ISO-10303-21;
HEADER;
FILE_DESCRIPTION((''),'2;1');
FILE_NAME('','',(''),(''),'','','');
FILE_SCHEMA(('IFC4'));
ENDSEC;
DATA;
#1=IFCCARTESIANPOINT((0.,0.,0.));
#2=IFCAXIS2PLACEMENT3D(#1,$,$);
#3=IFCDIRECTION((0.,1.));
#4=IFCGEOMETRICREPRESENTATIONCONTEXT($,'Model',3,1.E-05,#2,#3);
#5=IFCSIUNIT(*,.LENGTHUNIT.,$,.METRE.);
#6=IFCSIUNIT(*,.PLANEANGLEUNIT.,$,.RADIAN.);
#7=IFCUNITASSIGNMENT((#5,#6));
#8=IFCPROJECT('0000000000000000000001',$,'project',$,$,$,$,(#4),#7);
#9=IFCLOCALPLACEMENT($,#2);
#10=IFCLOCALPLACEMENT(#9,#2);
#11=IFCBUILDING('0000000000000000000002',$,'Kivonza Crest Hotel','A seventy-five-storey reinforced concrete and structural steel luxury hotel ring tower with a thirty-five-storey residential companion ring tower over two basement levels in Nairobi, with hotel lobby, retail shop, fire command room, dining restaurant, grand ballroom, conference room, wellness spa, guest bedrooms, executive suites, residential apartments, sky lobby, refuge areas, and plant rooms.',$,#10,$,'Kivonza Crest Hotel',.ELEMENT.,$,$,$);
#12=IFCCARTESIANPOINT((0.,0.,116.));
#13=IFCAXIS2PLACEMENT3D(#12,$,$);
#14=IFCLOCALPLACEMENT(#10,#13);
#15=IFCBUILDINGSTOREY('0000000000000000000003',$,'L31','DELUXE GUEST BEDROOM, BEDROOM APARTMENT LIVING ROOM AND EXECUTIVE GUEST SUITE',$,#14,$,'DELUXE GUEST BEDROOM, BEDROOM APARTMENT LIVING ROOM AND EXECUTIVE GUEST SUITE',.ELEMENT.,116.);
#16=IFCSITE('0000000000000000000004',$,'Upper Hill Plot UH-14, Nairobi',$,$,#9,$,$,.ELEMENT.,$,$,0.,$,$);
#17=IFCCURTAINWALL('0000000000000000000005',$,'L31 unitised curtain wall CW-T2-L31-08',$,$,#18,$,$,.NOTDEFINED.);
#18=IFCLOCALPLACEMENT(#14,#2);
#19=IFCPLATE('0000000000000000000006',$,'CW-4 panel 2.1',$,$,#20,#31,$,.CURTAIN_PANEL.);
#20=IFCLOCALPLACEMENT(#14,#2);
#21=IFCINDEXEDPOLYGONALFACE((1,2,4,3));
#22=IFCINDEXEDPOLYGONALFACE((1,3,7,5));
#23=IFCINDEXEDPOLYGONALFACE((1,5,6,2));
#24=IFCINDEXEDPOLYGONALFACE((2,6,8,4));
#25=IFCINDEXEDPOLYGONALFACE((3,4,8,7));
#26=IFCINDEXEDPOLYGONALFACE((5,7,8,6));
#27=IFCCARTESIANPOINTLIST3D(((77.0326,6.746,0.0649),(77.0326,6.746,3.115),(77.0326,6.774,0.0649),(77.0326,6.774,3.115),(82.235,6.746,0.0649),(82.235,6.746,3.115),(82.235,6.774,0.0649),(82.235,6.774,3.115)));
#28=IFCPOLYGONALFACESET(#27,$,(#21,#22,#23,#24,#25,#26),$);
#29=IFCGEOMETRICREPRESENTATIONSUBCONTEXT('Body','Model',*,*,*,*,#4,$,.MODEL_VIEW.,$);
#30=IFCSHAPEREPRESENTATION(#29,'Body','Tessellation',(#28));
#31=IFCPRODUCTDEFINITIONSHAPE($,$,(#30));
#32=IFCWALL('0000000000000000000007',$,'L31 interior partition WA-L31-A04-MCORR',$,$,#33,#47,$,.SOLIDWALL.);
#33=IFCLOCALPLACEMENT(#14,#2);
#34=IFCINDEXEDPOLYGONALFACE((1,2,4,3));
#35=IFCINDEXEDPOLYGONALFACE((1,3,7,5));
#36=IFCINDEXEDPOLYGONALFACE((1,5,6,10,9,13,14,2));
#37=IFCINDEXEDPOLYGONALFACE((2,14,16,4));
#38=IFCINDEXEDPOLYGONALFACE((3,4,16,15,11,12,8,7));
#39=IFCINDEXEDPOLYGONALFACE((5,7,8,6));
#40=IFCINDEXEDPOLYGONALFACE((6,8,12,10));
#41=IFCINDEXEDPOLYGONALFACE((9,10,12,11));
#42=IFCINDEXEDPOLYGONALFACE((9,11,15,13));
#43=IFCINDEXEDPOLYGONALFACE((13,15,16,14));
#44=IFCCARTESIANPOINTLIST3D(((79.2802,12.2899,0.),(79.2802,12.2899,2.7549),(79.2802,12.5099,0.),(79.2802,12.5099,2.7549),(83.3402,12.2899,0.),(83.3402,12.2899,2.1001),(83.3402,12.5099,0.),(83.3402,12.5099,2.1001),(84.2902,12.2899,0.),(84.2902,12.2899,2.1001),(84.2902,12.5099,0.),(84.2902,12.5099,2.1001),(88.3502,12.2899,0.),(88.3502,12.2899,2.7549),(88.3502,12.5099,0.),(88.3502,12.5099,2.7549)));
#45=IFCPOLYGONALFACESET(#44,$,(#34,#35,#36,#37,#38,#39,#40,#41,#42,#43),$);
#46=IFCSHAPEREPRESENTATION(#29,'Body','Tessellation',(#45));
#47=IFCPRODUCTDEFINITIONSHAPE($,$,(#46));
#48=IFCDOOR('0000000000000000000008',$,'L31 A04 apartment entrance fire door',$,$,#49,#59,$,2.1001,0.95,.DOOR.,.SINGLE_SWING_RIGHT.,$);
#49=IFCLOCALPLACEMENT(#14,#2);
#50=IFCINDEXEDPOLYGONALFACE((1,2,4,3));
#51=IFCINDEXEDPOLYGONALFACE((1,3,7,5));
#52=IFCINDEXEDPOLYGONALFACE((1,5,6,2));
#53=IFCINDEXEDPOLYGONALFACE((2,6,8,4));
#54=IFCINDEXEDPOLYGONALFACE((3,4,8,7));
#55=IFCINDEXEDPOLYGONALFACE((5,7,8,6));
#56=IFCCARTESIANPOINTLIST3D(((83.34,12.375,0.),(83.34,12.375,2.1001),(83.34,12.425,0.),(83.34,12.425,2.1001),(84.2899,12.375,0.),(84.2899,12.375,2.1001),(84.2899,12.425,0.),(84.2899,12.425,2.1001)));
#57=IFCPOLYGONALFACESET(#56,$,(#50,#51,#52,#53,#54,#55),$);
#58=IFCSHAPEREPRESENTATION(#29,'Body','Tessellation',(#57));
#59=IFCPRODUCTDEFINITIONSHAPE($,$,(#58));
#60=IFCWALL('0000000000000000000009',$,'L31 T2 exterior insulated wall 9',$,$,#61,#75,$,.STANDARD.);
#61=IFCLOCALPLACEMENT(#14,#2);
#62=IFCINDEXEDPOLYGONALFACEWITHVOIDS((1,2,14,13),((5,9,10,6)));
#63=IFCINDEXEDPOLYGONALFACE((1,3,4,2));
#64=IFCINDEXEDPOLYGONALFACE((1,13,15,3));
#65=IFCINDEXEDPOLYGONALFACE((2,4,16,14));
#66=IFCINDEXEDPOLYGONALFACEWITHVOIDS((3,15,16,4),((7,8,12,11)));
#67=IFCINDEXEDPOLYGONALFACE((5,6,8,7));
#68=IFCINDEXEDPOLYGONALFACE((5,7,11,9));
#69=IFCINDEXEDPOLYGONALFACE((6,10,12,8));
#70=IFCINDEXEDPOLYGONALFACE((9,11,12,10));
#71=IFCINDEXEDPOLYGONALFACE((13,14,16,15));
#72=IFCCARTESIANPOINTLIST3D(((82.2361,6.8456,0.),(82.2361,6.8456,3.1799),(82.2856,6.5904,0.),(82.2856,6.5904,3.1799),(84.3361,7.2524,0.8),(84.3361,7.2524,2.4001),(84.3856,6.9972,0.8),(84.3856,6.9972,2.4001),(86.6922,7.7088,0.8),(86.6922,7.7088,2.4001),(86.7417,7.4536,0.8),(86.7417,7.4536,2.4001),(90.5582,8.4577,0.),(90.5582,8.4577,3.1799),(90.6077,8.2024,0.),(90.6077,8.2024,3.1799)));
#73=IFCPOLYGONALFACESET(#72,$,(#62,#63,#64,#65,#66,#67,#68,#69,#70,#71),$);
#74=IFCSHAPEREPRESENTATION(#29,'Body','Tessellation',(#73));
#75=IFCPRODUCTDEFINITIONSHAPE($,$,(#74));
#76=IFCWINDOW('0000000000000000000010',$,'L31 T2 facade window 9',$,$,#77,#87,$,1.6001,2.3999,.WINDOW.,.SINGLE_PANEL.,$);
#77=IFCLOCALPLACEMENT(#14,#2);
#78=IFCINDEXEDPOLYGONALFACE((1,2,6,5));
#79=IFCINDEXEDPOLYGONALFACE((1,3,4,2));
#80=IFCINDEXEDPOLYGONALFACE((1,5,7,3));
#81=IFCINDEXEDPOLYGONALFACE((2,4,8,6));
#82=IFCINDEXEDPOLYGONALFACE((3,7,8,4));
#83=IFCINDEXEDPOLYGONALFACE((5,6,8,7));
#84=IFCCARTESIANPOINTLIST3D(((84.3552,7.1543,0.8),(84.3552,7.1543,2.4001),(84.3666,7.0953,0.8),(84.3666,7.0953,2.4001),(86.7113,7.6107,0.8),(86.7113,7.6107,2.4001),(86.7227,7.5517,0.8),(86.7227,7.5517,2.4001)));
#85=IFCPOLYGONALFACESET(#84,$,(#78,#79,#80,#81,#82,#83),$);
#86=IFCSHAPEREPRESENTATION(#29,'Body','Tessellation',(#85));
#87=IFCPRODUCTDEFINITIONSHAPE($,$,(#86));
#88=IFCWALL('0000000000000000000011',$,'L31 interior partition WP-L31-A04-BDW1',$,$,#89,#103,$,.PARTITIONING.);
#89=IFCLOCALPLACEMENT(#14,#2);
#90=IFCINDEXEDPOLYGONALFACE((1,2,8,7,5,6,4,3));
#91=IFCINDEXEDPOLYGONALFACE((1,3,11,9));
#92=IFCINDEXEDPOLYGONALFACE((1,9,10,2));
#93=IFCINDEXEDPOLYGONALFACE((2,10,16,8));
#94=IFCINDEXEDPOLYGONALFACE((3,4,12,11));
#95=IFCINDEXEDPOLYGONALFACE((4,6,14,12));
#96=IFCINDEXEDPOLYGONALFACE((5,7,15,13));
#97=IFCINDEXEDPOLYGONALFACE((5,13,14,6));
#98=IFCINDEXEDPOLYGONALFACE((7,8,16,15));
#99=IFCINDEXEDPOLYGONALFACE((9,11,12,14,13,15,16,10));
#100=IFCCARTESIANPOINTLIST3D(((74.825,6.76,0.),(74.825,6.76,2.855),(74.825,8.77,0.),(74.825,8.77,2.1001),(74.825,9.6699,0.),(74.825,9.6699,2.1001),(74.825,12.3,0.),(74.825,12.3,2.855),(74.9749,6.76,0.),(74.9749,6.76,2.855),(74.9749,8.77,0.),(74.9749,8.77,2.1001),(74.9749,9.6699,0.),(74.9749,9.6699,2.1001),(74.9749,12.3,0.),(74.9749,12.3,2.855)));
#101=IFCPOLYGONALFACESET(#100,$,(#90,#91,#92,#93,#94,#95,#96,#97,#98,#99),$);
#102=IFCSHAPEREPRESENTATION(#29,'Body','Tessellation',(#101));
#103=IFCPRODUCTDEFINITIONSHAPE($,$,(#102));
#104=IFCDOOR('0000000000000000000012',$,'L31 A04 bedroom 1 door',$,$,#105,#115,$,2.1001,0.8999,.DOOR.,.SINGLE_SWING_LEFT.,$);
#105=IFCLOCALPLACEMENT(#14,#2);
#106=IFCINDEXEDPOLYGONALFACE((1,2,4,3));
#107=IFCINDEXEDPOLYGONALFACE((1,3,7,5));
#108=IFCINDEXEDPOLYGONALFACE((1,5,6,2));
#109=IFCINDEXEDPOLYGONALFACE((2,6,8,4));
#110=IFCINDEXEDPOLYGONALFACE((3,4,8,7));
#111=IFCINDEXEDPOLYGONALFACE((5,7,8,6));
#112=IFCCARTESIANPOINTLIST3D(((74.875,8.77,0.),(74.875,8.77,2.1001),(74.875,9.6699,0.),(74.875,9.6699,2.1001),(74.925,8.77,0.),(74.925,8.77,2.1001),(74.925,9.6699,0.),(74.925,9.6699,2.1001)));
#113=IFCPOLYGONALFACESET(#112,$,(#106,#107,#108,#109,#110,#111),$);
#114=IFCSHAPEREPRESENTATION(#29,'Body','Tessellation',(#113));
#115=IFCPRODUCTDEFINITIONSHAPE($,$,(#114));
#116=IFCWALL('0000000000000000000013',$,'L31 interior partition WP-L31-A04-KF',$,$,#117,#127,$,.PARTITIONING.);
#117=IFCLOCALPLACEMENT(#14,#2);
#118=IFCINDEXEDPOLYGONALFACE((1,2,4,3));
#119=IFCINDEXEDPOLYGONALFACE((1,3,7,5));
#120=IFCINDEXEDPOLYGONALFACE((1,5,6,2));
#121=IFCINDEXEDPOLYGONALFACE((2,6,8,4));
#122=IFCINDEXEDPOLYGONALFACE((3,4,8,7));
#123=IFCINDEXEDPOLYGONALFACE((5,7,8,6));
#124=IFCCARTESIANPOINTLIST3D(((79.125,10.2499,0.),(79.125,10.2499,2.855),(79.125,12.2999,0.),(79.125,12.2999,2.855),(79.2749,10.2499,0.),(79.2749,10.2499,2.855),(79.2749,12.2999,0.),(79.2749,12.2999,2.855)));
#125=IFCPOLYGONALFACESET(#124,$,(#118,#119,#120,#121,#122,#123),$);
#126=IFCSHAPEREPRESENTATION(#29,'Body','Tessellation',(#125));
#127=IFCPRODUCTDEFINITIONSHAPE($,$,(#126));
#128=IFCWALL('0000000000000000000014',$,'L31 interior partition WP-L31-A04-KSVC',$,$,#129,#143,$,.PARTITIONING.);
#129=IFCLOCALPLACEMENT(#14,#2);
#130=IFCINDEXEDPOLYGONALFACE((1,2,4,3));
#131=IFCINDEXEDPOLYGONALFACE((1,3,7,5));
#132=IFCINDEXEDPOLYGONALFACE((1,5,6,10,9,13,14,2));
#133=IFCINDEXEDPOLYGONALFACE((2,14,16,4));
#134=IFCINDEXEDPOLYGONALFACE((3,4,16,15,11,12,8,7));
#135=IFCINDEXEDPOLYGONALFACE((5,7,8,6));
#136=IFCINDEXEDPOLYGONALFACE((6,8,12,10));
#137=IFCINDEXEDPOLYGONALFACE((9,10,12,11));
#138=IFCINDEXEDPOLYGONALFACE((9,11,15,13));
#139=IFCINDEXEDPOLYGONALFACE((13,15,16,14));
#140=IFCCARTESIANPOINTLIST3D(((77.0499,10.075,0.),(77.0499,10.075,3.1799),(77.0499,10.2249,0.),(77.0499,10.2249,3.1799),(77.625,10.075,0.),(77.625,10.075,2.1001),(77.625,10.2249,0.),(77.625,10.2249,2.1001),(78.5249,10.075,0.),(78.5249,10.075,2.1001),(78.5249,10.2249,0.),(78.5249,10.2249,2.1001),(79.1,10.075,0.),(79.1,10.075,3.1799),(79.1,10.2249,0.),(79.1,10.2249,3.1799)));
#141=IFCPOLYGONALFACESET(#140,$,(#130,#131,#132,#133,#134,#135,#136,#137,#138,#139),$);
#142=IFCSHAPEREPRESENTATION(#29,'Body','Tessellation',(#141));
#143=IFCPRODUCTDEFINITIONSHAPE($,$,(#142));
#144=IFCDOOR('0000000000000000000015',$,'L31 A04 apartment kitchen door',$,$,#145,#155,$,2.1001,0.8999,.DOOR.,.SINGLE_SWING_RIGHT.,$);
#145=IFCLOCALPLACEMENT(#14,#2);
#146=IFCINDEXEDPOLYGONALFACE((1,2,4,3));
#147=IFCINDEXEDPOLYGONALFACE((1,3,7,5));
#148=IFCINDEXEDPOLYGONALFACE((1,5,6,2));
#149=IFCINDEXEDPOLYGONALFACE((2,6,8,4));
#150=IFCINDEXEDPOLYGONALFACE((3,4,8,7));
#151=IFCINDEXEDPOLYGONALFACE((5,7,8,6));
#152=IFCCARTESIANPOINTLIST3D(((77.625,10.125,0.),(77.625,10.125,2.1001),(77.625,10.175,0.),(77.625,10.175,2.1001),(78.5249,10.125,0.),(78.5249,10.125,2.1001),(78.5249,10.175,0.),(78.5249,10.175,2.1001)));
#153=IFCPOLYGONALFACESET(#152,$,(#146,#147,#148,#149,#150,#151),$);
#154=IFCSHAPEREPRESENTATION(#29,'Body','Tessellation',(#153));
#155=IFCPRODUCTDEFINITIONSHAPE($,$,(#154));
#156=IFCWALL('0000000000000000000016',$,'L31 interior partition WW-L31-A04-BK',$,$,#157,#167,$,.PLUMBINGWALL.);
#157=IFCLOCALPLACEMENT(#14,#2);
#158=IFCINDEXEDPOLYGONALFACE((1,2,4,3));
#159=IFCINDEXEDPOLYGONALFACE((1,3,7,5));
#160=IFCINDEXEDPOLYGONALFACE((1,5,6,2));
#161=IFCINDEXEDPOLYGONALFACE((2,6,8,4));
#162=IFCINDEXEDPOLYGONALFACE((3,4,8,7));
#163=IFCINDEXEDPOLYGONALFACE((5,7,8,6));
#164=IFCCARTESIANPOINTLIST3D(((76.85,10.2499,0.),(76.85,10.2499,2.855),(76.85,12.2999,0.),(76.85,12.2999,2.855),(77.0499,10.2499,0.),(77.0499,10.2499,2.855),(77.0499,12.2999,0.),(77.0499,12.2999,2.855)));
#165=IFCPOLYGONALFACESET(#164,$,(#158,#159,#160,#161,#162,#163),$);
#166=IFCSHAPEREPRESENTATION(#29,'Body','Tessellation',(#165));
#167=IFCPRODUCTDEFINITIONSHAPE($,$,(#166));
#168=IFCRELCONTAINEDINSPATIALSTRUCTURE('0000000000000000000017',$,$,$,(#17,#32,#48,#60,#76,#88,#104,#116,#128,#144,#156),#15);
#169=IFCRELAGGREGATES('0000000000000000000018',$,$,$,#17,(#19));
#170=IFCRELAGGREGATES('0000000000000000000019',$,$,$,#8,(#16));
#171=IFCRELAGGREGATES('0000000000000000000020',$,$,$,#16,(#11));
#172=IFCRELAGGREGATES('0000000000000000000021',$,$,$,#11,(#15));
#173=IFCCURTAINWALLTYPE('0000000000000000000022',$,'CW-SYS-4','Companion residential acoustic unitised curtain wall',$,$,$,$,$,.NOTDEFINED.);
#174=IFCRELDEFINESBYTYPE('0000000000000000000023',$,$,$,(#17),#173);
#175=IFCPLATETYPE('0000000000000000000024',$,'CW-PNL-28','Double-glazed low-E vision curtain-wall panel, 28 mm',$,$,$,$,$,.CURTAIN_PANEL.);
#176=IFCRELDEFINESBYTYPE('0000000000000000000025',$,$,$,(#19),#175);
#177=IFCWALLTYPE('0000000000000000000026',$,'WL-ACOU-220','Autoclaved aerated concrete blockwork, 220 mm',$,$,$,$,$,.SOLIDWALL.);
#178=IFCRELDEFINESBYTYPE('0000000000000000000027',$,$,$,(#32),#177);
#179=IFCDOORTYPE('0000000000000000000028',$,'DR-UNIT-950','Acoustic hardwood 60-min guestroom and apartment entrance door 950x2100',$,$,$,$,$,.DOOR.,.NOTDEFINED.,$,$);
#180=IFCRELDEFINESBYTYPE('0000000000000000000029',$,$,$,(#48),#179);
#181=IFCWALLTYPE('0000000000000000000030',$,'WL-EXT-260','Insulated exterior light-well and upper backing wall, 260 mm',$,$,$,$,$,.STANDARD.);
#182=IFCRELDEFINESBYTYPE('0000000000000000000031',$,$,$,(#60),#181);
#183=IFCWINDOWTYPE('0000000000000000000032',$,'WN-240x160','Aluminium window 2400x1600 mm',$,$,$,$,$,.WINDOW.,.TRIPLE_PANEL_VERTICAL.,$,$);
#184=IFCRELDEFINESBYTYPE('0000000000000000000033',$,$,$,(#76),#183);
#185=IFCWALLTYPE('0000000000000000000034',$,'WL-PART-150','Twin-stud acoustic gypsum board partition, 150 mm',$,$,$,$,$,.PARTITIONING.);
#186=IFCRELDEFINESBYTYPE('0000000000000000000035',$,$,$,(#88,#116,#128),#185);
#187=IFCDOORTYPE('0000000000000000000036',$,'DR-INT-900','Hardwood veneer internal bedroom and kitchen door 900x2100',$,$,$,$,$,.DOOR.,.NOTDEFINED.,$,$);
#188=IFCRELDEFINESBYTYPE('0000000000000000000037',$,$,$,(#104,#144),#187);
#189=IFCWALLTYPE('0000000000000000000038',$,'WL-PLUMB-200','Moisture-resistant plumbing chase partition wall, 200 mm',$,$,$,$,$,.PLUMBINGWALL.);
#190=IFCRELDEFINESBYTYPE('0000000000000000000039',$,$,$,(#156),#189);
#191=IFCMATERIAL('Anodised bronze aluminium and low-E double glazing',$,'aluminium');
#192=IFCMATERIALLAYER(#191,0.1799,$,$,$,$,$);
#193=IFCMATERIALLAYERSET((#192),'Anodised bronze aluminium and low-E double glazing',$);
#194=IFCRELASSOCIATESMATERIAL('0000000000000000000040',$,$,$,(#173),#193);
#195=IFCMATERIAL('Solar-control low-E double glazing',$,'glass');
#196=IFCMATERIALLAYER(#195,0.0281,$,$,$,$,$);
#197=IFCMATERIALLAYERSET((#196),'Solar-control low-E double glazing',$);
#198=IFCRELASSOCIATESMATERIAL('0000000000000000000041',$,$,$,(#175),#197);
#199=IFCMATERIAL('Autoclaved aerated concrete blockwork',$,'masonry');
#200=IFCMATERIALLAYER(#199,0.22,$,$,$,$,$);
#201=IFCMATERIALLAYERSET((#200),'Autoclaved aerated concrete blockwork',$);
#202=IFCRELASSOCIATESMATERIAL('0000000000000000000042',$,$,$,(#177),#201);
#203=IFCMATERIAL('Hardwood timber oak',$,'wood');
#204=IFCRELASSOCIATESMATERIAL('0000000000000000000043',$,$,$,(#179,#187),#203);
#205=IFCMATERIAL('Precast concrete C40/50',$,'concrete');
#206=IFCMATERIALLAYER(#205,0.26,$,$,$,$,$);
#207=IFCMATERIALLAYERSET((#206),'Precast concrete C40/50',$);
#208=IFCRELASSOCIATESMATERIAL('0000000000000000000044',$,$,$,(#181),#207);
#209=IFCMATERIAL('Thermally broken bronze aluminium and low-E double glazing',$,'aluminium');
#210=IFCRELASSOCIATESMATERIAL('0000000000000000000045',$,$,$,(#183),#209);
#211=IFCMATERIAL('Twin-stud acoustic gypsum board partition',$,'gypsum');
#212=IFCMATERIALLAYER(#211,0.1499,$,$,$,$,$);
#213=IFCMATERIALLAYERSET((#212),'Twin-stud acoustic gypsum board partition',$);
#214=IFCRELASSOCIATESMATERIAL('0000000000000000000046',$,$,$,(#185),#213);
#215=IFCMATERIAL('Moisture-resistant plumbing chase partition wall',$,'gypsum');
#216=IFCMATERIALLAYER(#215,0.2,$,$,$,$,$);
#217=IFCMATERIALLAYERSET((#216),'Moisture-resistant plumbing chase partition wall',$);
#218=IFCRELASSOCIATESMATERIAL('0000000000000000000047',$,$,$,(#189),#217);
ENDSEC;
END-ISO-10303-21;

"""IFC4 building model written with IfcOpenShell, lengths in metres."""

from ifc_helpers import new_model, si_unit, direction, frame, frame_2d, origin, origin_2d, place, context, subcontext, project, spatial, rectangle, extrude, material, layer, layer_set, type_object, element, fill, aggregate, save


model = new_model("IFC4")

# Units and contexts
model_context = context("Model", 3, precision=1e-05, world=origin(), true_north=direction((0.0, 1.0)))
body_context = subcontext(model_context, "Body", "Model", "MODEL_VIEW")
ifc_project = project(units=[si_unit("LENGTHUNIT", "METRE"), si_unit("PLANEANGLEUNIT", "RADIAN")], contexts=[model_context])

# Site, building, storey
site_placement = place(None, origin())
site = spatial("IfcSite", under=ifc_project, at=site_placement, Name="Upper Hill Plot UH-14, Nairobi", CompositionType="ELEMENT", RefElevation=0.0)
building_placement = place(site_placement, origin())
building = spatial("IfcBuilding", under=site, at=building_placement, Name="Kivonza Crest Hotel", Description="A seventy-five-storey reinforced concrete and structural steel luxury hotel ring tower with a thirty-five-storey residential companion ring tower over two basement levels in Nairobi, with hotel lobby, retail shop, fire command room, dining restaurant, grand ballroom, conference room, wellness spa, guest bedrooms, executive suites, residential apartments, sky lobby, refuge areas, and plant rooms.", LongName="Kivonza Crest Hotel", CompositionType="ELEMENT")
storey_placement = place(building_placement, frame((0.0, 0.0, 116.0)))
storey = spatial("IfcBuildingStorey", under=building, at=storey_placement, Name="L31", Description="DELUXE GUEST BEDROOM, BEDROOM APARTMENT LIVING ROOM AND EXECUTIVE GUEST SUITE", LongName="DELUXE GUEST BEDROOM, BEDROOM APARTMENT LIVING ROOM AND EXECUTIVE GUEST SUITE", CompositionType="ELEMENT", Elevation=116.0)

# Curtain wall, plate
ifc_material_1 = material(Name="Anodised bronze aluminium and low-E double glazing", Category="aluminium")
ifc_layer_1 = layer(ifc_material_1, 0.1799)
ifc_layer_set_1 = layer_set([ifc_layer_1], Name="Anodised bronze aluminium and low-E double glazing")
curtain_wall_type = type_object("IfcCurtainWallType", Name="CW-SYS-4", Description="Companion residential acoustic unitised curtain wall", PredefinedType="NOTDEFINED", material=ifc_layer_set_1)
curtain_wall_placement = place(storey_placement, origin())
curtain_wall = element("IfcCurtainWall", 1, at=curtain_wall_placement, inside=storey, type_object=curtain_wall_type, Name="L31 unitised curtain wall CW-T2-L31-08", PredefinedType="NOTDEFINED")
ifc_material_2 = material(Name="Solar-control low-E double glazing", Category="glass")
ifc_layer_2 = layer(ifc_material_2, 0.0281)
ifc_layer_set_2 = layer_set([ifc_layer_2], Name="Solar-control low-E double glazing")
plate_type = type_object("IfcPlateType", Name="CW-PNL-28", Description="Double-glazed low-E vision curtain-wall panel, 28 mm", PredefinedType="CURTAIN_PANEL", material=ifc_layer_set_2)
plate_1_placement = place(storey_placement, frame((79.6338, 6.76, 0.0649), z_axis=(0.0, 0.0, 1.0), x_axis=(1.0, 0.0, 0.0)))
plate_1 = element("IfcPlate", 2, at=plate_1_placement, type_object=plate_type, Name="CW-4 panel 2.1", PredefinedType="CURTAIN_PANEL", context=body_context, shape_type="SweptSolid", body=[
    extrude(rectangle(XDim=5.2024, YDim=0.0281, at=origin_2d()), origin(), (0.0, 0.0, 1.0), 3.05),
])
aggregate(curtain_wall, [plate_1])

# Wall, opening, door
ifc_material_3 = material(Name="Autoclaved aerated concrete blockwork", Category="masonry")
ifc_layer_3 = layer(ifc_material_3, 0.22)
ifc_layer_set_3 = layer_set([ifc_layer_3], Name="Autoclaved aerated concrete blockwork")
wall_type_1 = type_object("IfcWallType", Name="WL-ACOU-220", Description="Autoclaved aerated concrete blockwork, 220 mm", PredefinedType="SOLIDWALL", material=ifc_layer_set_3)
wall_1_placement = place(storey_placement, frame((79.28, 12.3999, 0.0), z_axis=(0.0, 0.0, 1.0), x_axis=(1.0, 0.0, 0.0)))
wall_1 = element("IfcWall", 3, at=wall_1_placement, inside=storey, type_object=wall_type_1, Name="L31 interior partition WA-L31-A04-MCORR", PredefinedType="SOLIDWALL", context=body_context, shape_type="SweptSolid", body=[
    extrude(rectangle(XDim=9.0701, YDim=0.22, at=frame_2d((4.5352, 0.0))), origin(), (0.0, 0.0, 1.0), 2.7549),
])
opening_1_placement = place(wall_1_placement, frame((4.0601, 0.0, 0.0)))
opening_1 = element("IfcOpeningElement", 4, at=opening_1_placement, cuts=wall_1, PredefinedType="OPENING", context=body_context, shape_type="SweptSolid", body=[
    extrude(rectangle(XDim=0.95, YDim=2.1001, at=frame_2d((0.4751, 1.05))), frame((0.0, 0.1201, 0.0), z_axis=(0.0, -1.0, 0.0), x_axis=(1.0, 0.0, 0.0)), (0.0, 0.0, 1.0), 0.24),
])
ifc_material_4 = material(Name="Hardwood timber oak", Category="wood")
door_type_1 = type_object("IfcDoorType", Name="DR-UNIT-950", Description="Acoustic hardwood 60-min guestroom and apartment entrance door 950x2100", OperationType="NOTDEFINED", PredefinedType="DOOR", material=ifc_material_4)
door_1_placement = place(opening_1_placement, frame((0.95, 0.0, 0.0), z_axis=(0.0, 0.0, 1.0), x_axis=(-1.0, 0.0, 0.0)))
door_1 = element("IfcDoor", 5, at=door_1_placement, inside=storey, type_object=door_type_1, Name="L31 A04 apartment entrance fire door", OperationType="SINGLE_SWING_RIGHT", OverallHeight=2.1001, OverallWidth=0.95, PredefinedType="DOOR", context=body_context, shape_type="SweptSolid", body=[
    extrude(rectangle(XDim=0.95, YDim=2.1001, at=frame_2d((0.4751, 1.05))), frame((0.0, 0.0249, 0.0), z_axis=(0.0, -1.0, 0.0), x_axis=(1.0, 0.0, 0.0)), (0.0, 0.0, 1.0), 0.05),
])
fill(opening_1, door_1)

# Wall, opening, window
ifc_material_5 = material(Name="Precast concrete C40/50", Category="concrete")
ifc_layer_4 = layer(ifc_material_5, 0.26)
ifc_layer_set_4 = layer_set([ifc_layer_4], Name="Precast concrete C40/50")
wall_type_2 = type_object("IfcWallType", Name="WL-EXT-260", Description="Insulated exterior light-well and upper backing wall, 260 mm", PredefinedType="STANDARD", material=ifc_layer_set_4)
wall_2_placement = place(storey_placement, frame((82.261, 6.718, 0.0), z_axis=(0.0, 0.0, 1.0), x_axis=(0.98175, 0.190175, 0.0)))
wall_2 = element("IfcWall", 6, at=wall_2_placement, inside=storey, type_object=wall_type_2, Name="L31 T2 exterior insulated wall 9", PredefinedType="STANDARD", context=body_context, shape_type="SweptSolid", body=[
    extrude(rectangle(XDim=8.4768, YDim=0.26, at=frame_2d((4.2383, 0.0))), origin(), (0.0, 0.0, 1.0), 3.1799),
])
opening_2_placement = place(wall_2_placement, frame((2.1389, 0.0, 0.8)))
opening_2 = element("IfcOpeningElement", 7, at=opening_2_placement, cuts=wall_2, PredefinedType="OPENING", context=body_context, shape_type="SweptSolid", body=[
    extrude(rectangle(XDim=2.3999, YDim=1.6001, at=frame_2d((1.2, 0.8))), frame((0.0, 0.1401, 0.0), z_axis=(0.0, -1.0, 0.0), x_axis=(1.0, 0.0, 0.0)), (0.0, 0.0, 1.0), 0.28),
])
ifc_material_6 = material(Name="Thermally broken bronze aluminium and low-E double glazing", Category="aluminium")
window_type = type_object("IfcWindowType", Name="WN-240x160", Description="Aluminium window 2400x1600 mm", PartitioningType="TRIPLE_PANEL_VERTICAL", PredefinedType="WINDOW", material=ifc_material_6)
window_placement = place(opening_2_placement, origin())
window = element("IfcWindow", 8, at=window_placement, inside=storey, type_object=window_type, Name="L31 T2 facade window 9", OverallHeight=1.6001, OverallWidth=2.3999, PartitioningType="SINGLE_PANEL", PredefinedType="WINDOW", context=body_context, shape_type="SweptSolid", body=[
    extrude(rectangle(XDim=2.3999, YDim=1.6001, at=frame_2d((1.2, 0.8))), frame((0.0, 0.03, 0.0), z_axis=(0.0, -1.0, 0.0), x_axis=(1.0, 0.0, 0.0)), (0.0, 0.0, 1.0), 0.0601),
])
fill(opening_2, window)

# Wall, opening, door
ifc_material_7 = material(Name="Twin-stud acoustic gypsum board partition", Category="gypsum")
ifc_layer_5 = layer(ifc_material_7, 0.1499)
ifc_layer_set_5 = layer_set([ifc_layer_5], Name="Twin-stud acoustic gypsum board partition")
wall_type_3 = type_object("IfcWallType", Name="WL-PART-150", Description="Twin-stud acoustic gypsum board partition, 150 mm", PredefinedType="PARTITIONING", material=ifc_layer_set_5)
wall_3_placement = place(storey_placement, frame((74.8999, 6.76, 0.0), z_axis=(0.0, 0.0, 1.0), x_axis=(0.0, 1.0, 0.0)))
wall_3 = element("IfcWall", 9, at=wall_3_placement, inside=storey, type_object=wall_type_3, Name="L31 interior partition WP-L31-A04-BDW1", PredefinedType="PARTITIONING", context=body_context, shape_type="SweptSolid", body=[
    extrude(rectangle(XDim=5.54, YDim=0.1499, at=frame_2d((2.77, 0.0))), origin(), (0.0, 0.0, 1.0), 2.855),
])
opening_3_placement = place(wall_3_placement, frame((2.01, 0.0, 0.0)))
opening_3 = element("IfcOpeningElement", 10, at=opening_3_placement, cuts=wall_3, PredefinedType="OPENING", context=body_context, shape_type="SweptSolid", body=[
    extrude(rectangle(XDim=0.8999, YDim=2.1001, at=frame_2d((0.45, 1.05))), frame((0.0, 0.085, 0.0), z_axis=(0.0, -1.0, 0.0), x_axis=(1.0, 0.0, 0.0)), (0.0, 0.0, 1.0), 0.1699),
])
door_type_2 = type_object("IfcDoorType", Name="DR-INT-900", Description="Hardwood veneer internal bedroom and kitchen door 900x2100", OperationType="NOTDEFINED", PredefinedType="DOOR", material=ifc_material_4)
door_2_placement = place(opening_3_placement, origin())
door_2 = element("IfcDoor", 11, at=door_2_placement, inside=storey, type_object=door_type_2, Name="L31 A04 bedroom 1 door", OperationType="SINGLE_SWING_LEFT", OverallHeight=2.1001, OverallWidth=0.8999, PredefinedType="DOOR", context=body_context, shape_type="SweptSolid", body=[
    extrude(rectangle(XDim=0.8999, YDim=2.1001, at=frame_2d((0.45, 1.05))), frame((0.0, 0.0249, 0.0), z_axis=(0.0, -1.0, 0.0), x_axis=(1.0, 0.0, 0.0)), (0.0, 0.0, 1.0), 0.05),
])
fill(opening_3, door_2)

# Wall
wall_4_placement = place(storey_placement, frame((79.2, 10.25, 0.0), z_axis=(0.0, 0.0, 1.0), x_axis=(0.0, 1.0, 0.0)))
element("IfcWall", 12, at=wall_4_placement, inside=storey, type_object=wall_type_3, Name="L31 interior partition WP-L31-A04-KF", PredefinedType="PARTITIONING", context=body_context, shape_type="SweptSolid", body=[
    extrude(rectangle(XDim=2.05, YDim=0.1499, at=frame_2d((1.0249, 0.0))), origin(), (0.0, 0.0, 1.0), 2.855),
])

# Wall, opening, door
wall_5_placement = place(storey_placement, frame((77.05, 10.1499, 0.0), z_axis=(0.0, 0.0, 1.0), x_axis=(1.0, 0.0, 0.0)))
wall_5 = element("IfcWall", 13, at=wall_5_placement, inside=storey, type_object=wall_type_3, Name="L31 interior partition WP-L31-A04-KSVC", PredefinedType="PARTITIONING", context=body_context, shape_type="SweptSolid", body=[
    extrude(rectangle(XDim=2.05, YDim=0.1499, at=frame_2d((1.0249, 0.0))), origin(), (0.0, 0.0, 1.0), 3.1799),
])
opening_4_placement = place(wall_5_placement, frame((0.575, 0.0, 0.0)))
opening_4 = element("IfcOpeningElement", 14, at=opening_4_placement, cuts=wall_5, PredefinedType="OPENING", context=body_context, shape_type="SweptSolid", body=[
    extrude(rectangle(XDim=0.8999, YDim=2.1001, at=frame_2d((0.45, 1.05))), frame((0.0, 0.085, 0.0), z_axis=(0.0, -1.0, 0.0), x_axis=(1.0, 0.0, 0.0)), (0.0, 0.0, 1.0), 0.1699),
])
door_3_placement = place(opening_4_placement, frame((0.8999, 0.0, 0.0), z_axis=(0.0, 0.0, 1.0), x_axis=(-1.0, 0.0, 0.0)))
door_3 = element("IfcDoor", 15, at=door_3_placement, inside=storey, type_object=door_type_2, Name="L31 A04 apartment kitchen door", OperationType="SINGLE_SWING_RIGHT", OverallHeight=2.1001, OverallWidth=0.8999, PredefinedType="DOOR", context=body_context, shape_type="SweptSolid", body=[
    extrude(rectangle(XDim=0.8999, YDim=2.1001, at=frame_2d((0.45, 1.05))), frame((0.0, 0.0249, 0.0), z_axis=(0.0, -1.0, 0.0), x_axis=(1.0, 0.0, 0.0)), (0.0, 0.0, 1.0), 0.05),
])
fill(opening_4, door_3)

# Wall
ifc_material_8 = material(Name="Moisture-resistant plumbing chase partition wall", Category="gypsum")
ifc_layer_6 = layer(ifc_material_8, 0.2)
ifc_layer_set_6 = layer_set([ifc_layer_6], Name="Moisture-resistant plumbing chase partition wall")
wall_type_4 = type_object("IfcWallType", Name="WL-PLUMB-200", Description="Moisture-resistant plumbing chase partition wall, 200 mm", PredefinedType="PLUMBINGWALL", material=ifc_layer_set_6)
wall_6_placement = place(storey_placement, frame((76.95, 10.25, 0.0), z_axis=(0.0, 0.0, 1.0), x_axis=(0.0, 1.0, 0.0)))
element("IfcWall", 16, at=wall_6_placement, inside=storey, type_object=wall_type_4, Name="L31 interior partition WW-L31-A04-BK", PredefinedType="PLUMBINGWALL", context=body_context, shape_type="SweptSolid", body=[
    extrude(rectangle(XDim=2.05, YDim=0.2, at=frame_2d((1.0249, 0.0))), origin(), (0.0, 0.0, 1.0), 2.855),
])

save(model, "model.ifc")
